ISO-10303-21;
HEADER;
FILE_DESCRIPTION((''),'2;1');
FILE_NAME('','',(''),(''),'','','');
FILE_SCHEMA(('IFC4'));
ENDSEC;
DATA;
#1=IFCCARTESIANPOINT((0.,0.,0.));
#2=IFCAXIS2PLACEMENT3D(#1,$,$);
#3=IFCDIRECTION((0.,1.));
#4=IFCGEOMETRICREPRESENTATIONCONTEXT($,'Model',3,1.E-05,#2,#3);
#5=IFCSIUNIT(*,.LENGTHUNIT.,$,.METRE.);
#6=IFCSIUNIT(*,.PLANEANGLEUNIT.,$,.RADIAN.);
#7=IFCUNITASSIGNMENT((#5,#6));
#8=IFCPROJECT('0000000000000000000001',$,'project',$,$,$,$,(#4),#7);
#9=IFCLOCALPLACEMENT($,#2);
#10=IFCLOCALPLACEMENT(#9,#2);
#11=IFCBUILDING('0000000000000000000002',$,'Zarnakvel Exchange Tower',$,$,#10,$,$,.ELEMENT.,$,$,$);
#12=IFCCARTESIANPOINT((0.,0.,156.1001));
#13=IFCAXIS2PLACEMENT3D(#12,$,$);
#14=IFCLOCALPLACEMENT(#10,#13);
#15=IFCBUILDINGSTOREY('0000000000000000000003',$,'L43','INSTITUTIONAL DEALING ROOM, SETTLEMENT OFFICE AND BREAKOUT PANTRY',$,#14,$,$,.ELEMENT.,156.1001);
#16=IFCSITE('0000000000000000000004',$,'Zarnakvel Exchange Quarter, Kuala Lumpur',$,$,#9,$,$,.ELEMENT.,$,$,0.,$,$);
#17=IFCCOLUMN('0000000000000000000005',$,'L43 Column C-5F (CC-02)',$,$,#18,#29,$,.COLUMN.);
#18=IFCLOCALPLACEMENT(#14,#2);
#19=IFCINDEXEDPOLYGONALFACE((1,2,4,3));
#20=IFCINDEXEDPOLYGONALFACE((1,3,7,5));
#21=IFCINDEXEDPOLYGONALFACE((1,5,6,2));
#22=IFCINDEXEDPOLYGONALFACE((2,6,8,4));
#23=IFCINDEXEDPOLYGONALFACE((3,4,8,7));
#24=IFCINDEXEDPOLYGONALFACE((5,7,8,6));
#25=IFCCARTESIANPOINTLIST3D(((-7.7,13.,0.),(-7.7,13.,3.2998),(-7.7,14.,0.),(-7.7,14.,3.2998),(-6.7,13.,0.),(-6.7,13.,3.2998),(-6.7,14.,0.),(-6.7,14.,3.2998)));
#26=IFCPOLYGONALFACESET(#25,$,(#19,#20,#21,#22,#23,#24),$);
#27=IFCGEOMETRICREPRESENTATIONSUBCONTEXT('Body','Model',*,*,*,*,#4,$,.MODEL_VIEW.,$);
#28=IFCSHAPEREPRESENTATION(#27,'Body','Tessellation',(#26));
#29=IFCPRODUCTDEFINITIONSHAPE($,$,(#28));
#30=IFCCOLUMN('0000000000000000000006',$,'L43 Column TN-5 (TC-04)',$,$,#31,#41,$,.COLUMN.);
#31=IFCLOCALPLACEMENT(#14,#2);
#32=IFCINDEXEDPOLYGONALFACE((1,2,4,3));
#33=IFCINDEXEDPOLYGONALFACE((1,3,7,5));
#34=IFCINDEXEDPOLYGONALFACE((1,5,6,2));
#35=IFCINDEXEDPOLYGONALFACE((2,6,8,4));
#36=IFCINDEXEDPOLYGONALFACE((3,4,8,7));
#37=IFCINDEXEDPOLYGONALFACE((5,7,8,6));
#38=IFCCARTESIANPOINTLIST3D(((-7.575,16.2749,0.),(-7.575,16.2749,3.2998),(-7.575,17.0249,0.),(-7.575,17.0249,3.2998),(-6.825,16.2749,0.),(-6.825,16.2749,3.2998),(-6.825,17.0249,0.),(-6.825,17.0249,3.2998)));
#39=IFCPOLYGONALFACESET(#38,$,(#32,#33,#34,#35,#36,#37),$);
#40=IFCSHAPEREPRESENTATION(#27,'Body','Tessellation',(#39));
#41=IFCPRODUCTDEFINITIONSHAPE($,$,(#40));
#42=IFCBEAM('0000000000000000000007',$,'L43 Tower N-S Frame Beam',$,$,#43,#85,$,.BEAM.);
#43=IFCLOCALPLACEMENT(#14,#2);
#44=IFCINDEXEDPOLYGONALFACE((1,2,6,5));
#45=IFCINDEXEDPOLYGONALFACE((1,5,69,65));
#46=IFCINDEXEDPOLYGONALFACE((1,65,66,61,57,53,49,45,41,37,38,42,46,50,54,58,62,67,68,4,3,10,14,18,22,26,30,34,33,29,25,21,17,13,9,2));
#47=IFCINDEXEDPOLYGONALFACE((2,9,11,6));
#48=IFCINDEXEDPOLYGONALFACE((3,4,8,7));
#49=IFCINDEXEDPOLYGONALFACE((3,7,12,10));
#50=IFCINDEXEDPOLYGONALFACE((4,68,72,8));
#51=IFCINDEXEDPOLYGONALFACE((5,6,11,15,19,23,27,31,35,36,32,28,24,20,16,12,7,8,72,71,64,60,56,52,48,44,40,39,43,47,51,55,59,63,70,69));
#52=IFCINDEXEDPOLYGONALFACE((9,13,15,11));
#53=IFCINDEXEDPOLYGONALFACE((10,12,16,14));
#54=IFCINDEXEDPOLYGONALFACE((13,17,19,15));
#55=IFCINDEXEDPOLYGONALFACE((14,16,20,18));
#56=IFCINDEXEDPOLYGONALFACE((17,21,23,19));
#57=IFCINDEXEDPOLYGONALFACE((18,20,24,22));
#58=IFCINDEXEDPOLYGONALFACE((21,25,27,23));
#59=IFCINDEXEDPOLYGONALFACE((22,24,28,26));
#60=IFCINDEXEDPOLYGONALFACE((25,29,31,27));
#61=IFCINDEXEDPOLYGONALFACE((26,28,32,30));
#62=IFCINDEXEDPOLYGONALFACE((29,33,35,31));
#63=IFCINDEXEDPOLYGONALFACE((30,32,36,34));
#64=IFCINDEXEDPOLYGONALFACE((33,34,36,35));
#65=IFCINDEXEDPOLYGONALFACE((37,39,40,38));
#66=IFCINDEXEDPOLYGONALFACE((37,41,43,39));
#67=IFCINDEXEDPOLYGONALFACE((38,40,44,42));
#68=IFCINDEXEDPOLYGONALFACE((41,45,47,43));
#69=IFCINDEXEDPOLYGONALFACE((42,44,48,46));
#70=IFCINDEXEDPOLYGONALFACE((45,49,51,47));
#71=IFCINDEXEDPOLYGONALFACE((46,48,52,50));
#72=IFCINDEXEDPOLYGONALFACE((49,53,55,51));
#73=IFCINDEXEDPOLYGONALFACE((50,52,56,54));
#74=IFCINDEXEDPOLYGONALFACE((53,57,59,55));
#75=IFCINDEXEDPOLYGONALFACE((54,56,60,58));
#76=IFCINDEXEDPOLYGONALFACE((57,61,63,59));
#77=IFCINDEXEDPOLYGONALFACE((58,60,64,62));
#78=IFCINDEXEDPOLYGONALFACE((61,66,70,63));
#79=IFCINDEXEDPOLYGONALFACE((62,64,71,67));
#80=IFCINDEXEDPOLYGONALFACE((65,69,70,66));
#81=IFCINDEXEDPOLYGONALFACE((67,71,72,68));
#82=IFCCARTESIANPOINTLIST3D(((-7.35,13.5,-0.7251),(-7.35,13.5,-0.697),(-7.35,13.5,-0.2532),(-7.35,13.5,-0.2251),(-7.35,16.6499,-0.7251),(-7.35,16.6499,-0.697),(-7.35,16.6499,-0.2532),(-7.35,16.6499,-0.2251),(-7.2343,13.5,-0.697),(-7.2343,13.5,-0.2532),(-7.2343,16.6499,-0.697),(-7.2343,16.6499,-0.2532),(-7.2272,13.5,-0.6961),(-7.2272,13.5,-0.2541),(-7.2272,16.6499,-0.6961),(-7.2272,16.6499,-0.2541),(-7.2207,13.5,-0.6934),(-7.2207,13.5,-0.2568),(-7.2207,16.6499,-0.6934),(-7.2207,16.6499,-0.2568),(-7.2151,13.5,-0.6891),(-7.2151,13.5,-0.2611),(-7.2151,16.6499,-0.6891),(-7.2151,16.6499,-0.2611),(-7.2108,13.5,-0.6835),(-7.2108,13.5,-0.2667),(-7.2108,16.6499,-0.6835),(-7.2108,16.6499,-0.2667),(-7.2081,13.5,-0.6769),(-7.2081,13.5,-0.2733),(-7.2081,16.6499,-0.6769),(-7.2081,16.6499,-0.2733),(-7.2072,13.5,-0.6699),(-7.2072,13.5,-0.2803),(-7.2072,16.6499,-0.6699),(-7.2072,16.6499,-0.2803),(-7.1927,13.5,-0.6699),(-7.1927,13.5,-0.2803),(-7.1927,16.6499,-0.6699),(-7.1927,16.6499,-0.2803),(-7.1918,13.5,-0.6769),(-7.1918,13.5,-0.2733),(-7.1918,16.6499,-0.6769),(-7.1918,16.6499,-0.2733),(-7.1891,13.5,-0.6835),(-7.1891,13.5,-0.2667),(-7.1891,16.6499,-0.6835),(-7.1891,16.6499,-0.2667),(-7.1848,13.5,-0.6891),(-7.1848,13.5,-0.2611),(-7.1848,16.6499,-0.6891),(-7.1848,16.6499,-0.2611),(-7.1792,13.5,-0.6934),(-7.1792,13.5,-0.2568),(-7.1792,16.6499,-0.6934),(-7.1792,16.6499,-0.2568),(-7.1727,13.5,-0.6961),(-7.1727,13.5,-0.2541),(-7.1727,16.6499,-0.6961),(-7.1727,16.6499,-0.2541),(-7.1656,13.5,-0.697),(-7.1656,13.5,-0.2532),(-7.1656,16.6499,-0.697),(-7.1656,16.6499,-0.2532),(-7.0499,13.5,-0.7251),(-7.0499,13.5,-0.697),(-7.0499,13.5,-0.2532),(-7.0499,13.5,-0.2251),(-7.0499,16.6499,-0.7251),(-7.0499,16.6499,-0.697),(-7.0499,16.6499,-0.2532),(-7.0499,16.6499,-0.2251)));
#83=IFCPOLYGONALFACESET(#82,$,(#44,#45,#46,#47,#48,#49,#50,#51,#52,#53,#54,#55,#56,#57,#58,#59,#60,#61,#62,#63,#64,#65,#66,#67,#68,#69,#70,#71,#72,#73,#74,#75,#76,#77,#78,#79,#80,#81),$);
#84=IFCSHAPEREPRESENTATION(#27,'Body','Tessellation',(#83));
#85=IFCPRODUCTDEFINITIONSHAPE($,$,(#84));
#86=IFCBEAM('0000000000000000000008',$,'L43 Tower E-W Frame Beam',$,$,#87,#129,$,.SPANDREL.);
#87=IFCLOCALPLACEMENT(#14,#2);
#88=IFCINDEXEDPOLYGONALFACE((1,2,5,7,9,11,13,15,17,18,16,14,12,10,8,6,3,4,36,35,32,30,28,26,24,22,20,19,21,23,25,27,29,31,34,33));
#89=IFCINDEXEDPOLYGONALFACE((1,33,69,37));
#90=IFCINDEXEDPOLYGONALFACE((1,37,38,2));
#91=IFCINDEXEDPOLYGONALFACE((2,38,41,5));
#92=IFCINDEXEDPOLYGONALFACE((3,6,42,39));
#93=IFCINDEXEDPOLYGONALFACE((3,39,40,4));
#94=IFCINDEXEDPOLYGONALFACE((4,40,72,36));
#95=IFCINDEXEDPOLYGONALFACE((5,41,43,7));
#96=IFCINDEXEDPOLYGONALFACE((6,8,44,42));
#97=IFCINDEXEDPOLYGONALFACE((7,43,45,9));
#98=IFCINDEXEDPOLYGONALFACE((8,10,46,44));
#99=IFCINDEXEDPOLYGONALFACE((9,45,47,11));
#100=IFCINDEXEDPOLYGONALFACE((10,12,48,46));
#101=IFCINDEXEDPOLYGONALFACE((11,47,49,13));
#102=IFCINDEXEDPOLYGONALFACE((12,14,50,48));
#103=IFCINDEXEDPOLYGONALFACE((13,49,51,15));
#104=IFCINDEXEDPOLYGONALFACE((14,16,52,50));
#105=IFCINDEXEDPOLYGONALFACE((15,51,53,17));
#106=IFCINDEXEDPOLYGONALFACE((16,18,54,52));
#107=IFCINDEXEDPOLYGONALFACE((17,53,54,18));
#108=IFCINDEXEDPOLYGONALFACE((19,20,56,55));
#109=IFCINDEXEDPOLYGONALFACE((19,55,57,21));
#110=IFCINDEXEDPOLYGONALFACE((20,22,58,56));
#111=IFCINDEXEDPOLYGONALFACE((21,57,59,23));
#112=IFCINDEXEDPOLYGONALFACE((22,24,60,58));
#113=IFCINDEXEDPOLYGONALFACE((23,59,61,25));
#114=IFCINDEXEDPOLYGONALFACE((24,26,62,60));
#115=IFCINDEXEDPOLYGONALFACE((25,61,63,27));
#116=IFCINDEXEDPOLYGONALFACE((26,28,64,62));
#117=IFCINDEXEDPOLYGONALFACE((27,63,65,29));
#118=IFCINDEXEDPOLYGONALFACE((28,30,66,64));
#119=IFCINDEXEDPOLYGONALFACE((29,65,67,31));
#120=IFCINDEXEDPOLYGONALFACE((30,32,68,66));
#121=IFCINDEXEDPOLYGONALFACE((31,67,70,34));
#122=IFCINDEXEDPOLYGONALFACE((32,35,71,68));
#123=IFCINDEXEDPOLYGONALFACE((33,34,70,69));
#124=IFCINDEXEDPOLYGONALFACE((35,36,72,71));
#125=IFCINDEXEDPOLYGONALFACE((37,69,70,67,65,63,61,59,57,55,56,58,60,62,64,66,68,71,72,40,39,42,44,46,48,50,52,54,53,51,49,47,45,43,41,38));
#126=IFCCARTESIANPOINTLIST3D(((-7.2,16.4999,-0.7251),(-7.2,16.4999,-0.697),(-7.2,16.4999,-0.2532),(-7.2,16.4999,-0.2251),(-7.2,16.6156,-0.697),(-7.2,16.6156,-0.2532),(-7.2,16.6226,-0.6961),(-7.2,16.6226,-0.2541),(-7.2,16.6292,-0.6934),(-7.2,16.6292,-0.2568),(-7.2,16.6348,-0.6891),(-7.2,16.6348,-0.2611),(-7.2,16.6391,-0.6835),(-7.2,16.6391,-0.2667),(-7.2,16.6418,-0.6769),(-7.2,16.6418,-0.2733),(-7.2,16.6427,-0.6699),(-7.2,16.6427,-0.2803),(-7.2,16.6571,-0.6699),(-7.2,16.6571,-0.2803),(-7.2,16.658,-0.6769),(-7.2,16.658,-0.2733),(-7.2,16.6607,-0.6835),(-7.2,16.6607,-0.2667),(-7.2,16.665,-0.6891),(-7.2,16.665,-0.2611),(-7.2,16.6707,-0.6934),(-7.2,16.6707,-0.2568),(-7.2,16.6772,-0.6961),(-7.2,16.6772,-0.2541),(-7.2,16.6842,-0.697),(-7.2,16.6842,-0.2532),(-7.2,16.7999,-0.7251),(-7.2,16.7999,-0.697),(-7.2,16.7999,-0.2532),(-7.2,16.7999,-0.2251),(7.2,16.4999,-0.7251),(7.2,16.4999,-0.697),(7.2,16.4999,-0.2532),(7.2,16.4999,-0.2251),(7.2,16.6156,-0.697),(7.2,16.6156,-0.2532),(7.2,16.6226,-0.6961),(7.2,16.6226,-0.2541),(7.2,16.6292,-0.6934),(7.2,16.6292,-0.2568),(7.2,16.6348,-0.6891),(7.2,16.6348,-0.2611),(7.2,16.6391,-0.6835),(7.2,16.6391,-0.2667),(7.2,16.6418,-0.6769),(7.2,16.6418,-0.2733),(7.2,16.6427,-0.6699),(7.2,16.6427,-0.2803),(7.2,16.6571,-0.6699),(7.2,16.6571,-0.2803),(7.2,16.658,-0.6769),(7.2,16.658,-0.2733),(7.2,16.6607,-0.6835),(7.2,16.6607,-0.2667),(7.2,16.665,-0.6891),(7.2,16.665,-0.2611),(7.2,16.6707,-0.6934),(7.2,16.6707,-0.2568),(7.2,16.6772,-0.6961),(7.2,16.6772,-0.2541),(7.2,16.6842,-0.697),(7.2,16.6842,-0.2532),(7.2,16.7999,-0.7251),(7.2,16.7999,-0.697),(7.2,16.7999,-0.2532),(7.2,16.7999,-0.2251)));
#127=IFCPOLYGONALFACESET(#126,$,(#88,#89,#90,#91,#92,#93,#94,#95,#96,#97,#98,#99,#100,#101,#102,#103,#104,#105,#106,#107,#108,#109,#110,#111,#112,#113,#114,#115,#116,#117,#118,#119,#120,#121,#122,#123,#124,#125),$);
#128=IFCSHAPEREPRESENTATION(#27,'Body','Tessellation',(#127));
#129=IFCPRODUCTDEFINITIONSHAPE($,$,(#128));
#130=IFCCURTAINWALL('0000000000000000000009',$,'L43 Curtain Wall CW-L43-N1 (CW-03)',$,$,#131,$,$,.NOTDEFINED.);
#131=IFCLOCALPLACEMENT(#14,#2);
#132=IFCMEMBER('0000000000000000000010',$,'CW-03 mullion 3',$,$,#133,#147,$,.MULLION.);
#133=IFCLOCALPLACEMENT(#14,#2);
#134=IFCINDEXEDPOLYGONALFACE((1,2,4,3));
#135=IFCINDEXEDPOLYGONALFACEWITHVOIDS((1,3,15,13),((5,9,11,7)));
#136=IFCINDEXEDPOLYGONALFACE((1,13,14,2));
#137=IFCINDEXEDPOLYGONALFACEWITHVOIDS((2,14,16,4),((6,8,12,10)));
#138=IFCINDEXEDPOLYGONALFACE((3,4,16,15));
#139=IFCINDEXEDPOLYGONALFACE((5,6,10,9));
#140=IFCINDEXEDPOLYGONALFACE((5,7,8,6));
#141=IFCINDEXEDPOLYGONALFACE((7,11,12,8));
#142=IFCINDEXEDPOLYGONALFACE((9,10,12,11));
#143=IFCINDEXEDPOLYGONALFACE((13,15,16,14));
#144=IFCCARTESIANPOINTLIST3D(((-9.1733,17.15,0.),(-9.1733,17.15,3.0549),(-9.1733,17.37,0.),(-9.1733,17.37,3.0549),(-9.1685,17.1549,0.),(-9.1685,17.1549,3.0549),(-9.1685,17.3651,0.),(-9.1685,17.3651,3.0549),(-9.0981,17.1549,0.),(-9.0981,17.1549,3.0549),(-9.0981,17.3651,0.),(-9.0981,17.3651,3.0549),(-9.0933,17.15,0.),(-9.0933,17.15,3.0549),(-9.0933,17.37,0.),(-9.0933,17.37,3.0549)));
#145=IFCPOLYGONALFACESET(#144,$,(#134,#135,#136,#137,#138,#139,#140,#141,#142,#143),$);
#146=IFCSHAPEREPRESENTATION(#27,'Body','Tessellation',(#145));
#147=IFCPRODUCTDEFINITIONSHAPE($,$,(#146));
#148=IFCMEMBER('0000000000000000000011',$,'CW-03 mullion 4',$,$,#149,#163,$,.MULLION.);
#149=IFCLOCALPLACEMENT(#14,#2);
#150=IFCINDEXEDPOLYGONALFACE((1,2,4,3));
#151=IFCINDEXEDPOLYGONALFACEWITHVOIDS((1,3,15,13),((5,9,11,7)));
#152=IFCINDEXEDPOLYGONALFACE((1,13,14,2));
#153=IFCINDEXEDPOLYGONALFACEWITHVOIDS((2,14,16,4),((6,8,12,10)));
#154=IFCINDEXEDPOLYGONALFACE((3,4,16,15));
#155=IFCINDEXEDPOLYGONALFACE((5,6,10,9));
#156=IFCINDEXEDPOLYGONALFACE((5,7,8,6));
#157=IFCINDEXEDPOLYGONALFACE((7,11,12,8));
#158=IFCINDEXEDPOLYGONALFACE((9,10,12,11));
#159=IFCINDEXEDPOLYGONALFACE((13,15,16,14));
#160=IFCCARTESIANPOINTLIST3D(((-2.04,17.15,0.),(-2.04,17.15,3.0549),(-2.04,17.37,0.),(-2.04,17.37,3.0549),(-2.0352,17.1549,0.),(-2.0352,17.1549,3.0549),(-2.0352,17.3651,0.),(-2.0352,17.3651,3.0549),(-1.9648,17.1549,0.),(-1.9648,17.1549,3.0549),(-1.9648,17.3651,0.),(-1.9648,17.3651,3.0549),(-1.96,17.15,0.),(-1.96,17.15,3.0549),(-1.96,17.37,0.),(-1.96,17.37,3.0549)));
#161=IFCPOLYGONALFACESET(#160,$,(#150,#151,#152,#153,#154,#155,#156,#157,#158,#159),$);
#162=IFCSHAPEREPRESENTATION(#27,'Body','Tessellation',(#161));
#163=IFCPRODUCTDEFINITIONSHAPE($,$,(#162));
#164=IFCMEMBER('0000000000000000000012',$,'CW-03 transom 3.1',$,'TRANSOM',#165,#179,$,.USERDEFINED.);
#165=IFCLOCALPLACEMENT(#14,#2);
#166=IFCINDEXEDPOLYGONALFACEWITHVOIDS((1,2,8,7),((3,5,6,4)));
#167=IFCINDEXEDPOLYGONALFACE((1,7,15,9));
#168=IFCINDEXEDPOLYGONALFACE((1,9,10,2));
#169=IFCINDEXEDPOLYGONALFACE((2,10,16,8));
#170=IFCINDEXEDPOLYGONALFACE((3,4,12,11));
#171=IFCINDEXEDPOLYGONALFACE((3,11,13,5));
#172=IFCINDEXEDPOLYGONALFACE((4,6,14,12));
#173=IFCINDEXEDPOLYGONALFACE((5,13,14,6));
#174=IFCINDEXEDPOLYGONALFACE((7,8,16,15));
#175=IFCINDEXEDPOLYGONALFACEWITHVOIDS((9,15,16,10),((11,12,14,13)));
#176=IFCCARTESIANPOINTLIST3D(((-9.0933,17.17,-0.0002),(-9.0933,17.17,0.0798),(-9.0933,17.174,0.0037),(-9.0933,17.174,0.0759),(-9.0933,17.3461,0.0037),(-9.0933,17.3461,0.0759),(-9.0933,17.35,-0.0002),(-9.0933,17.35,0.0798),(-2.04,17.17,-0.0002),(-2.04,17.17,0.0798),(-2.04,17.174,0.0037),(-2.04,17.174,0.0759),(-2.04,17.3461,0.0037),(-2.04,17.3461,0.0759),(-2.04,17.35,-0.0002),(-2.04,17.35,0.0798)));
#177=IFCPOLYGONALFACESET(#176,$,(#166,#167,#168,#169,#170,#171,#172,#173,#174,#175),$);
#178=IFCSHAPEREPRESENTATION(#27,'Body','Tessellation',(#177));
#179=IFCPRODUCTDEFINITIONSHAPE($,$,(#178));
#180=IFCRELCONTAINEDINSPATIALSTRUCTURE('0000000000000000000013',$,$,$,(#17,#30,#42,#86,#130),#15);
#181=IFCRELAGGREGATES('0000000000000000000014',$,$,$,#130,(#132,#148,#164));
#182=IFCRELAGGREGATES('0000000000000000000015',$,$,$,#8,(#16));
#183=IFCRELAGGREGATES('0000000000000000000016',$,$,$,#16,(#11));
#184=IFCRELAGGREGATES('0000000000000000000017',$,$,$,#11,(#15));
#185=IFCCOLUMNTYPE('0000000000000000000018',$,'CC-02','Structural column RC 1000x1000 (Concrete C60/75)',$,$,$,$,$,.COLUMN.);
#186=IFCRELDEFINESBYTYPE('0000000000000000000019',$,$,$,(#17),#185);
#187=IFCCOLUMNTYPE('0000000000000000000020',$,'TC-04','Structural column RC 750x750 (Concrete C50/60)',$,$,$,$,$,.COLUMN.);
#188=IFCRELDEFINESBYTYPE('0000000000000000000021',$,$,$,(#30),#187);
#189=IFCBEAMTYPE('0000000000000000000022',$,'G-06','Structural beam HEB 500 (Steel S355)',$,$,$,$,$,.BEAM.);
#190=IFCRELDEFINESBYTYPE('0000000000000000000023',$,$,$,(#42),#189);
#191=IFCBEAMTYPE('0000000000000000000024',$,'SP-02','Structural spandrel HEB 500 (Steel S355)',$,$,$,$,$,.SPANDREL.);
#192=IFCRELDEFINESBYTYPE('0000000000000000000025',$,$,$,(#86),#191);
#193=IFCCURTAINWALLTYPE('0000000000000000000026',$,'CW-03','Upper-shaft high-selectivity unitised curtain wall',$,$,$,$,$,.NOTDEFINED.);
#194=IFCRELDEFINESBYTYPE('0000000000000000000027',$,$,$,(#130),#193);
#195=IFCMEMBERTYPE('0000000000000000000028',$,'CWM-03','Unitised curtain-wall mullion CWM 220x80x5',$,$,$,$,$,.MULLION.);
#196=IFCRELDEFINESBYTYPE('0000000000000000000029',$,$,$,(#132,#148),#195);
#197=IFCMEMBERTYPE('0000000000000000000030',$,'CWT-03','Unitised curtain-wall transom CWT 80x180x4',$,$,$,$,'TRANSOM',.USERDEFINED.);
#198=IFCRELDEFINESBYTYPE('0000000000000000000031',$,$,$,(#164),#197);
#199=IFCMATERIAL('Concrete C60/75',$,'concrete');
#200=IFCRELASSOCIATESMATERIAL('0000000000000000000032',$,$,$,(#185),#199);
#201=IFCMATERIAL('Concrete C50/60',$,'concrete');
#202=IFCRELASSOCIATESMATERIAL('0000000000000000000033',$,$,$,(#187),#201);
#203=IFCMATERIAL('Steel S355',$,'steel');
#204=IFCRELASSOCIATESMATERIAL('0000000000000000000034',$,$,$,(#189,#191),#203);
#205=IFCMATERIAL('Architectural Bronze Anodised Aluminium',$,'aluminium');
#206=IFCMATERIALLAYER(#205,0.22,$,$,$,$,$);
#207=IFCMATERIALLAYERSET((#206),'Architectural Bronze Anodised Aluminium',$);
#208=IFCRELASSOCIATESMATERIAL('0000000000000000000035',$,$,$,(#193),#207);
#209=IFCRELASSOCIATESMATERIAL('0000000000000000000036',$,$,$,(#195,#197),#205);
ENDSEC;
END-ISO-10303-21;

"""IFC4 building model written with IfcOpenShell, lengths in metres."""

from ifc_helpers import new_model, si_unit, direction, frame, origin, origin_2d, place, context, subcontext, project, spatial, rectangle, hollow_rectangle, i_section, extrude, source, transform, mapped, material, layer, layer_set, material_profile, profile_set, type_object, element, aggregate, save


model = new_model("IFC4")

# Units and contexts
model_context = context("Model", 3, precision=1e-05, world=origin(), true_north=direction((0.0, 1.0)))
body_context = subcontext(model_context, "Body", "Model", "MODEL_VIEW")
ifc_project = project(units=[si_unit("LENGTHUNIT", "METRE"), si_unit("PLANEANGLEUNIT", "RADIAN")], contexts=[model_context])

# Site, building, storey
site_placement = place(None, origin())
site = spatial("IfcSite", under=ifc_project, at=site_placement, Name="Zarnakvel Exchange Quarter, Kuala Lumpur", CompositionType="ELEMENT", RefElevation=0.0)
building_placement = place(site_placement, origin())
building = spatial("IfcBuilding", under=site, at=building_placement, Name="Zarnakvel Exchange Tower", CompositionType="ELEMENT")
storey_placement = place(building_placement, frame((0.0, 0.0, 156.1001)))
storey = spatial("IfcBuildingStorey", under=building, at=storey_placement, Name="L43", Description="INSTITUTIONAL DEALING ROOM, SETTLEMENT OFFICE AND BREAKOUT PANTRY", CompositionType="ELEMENT", Elevation=156.1001)

# Columns
ifc_material_1 = material(Name="Concrete C60/75", Category="concrete")
ifc_material_profile_1 = material_profile(ifc_material_1, rectangle(XDim=1.0, YDim=1.0, at=origin_2d()))
ifc_profile_set_1 = profile_set([ifc_material_profile_1], Name="Concrete C60/75")
column_type_1 = type_object("IfcColumnType", Name="CC-02", Description="Structural column RC 1000x1000 (Concrete C60/75)", PredefinedType="COLUMN", material=ifc_profile_set_1)
column_1_placement = place(storey_placement, frame((-7.2, 13.5, 0.0), z_axis=(0.0, 0.0, 1.0), x_axis=(1.0, 0.0, 0.0)))
element("IfcColumn", 1, at=column_1_placement, inside=storey, type_object=column_type_1, Name="L43 Column C-5F (CC-02)", PredefinedType="COLUMN", context=body_context, shape_type="SweptSolid", body=[
    extrude(rectangle(XDim=1.0, YDim=1.0, at=origin_2d()), origin(), (0.0, 0.0, 1.0), 3.2998),
])
ifc_material_2 = material(Name="Concrete C50/60", Category="concrete")
ifc_material_profile_2 = material_profile(ifc_material_2, rectangle(XDim=0.75, YDim=0.75, at=origin_2d()))
ifc_profile_set_2 = profile_set([ifc_material_profile_2], Name="Concrete C50/60")
column_type_2 = type_object("IfcColumnType", Name="TC-04", Description="Structural column RC 750x750 (Concrete C50/60)", PredefinedType="COLUMN", material=ifc_profile_set_2)
column_2_placement = place(storey_placement, frame((-7.2, 16.6499, 0.0), z_axis=(0.0, 0.0, 1.0), x_axis=(1.0, 0.0, 0.0)))
element("IfcColumn", 2, at=column_2_placement, inside=storey, type_object=column_type_2, Name="L43 Column TN-5 (TC-04)", PredefinedType="COLUMN", context=body_context, shape_type="SweptSolid", body=[
    extrude(rectangle(XDim=0.75, YDim=0.75, at=origin_2d()), origin(), (0.0, 0.0, 1.0), 3.2998),
])

# Beams
ifc_material_3 = material(Name="Steel S355", Category="steel")
ifc_material_profile_3 = material_profile(ifc_material_3, i_section(OverallWidth=0.3, OverallDepth=0.5, WebThickness=0.0144, FlangeThickness=0.0281, FilletRadius=0.0271, at=origin_2d()))
ifc_profile_set_3 = profile_set([ifc_material_profile_3], Name="Steel S355")
beam_type_1 = type_object("IfcBeamType", Name="G-06", Description="Structural beam HEB 500 (Steel S355)", PredefinedType="BEAM", material=ifc_profile_set_3)
beam_1_placement = place(storey_placement, frame((-7.2, 13.5, -0.4751), z_axis=(0.0, 1.0, 0.0), x_axis=(-1.0, 0.0, 0.0)))
element("IfcBeam", 3, at=beam_1_placement, inside=storey, type_object=beam_type_1, Name="L43 Tower N-S Frame Beam", PredefinedType="BEAM", context=body_context, shape_type="SweptSolid", body=[
    extrude(i_section(OverallWidth=0.3, OverallDepth=0.5, WebThickness=0.0144, FlangeThickness=0.0281, FilletRadius=0.0271, at=origin_2d()), origin(), (0.0, 0.0, 1.0), 3.1499),
])
ifc_material_profile_4 = material_profile(ifc_material_3, i_section(OverallWidth=0.3, OverallDepth=0.5, WebThickness=0.0144, FlangeThickness=0.0281, FilletRadius=0.0271, at=origin_2d()))
ifc_profile_set_4 = profile_set([ifc_material_profile_4], Name="Steel S355")
beam_type_2 = type_object("IfcBeamType", Name="SP-02", Description="Structural spandrel HEB 500 (Steel S355)", PredefinedType="SPANDREL", material=ifc_profile_set_4)
beam_2_placement = place(storey_placement, frame((-7.2, 16.6499, -0.4751), z_axis=(1.0, 0.0, 0.0), x_axis=(0.0, 1.0, 0.0)))
element("IfcBeam", 4, at=beam_2_placement, inside=storey, type_object=beam_type_2, Name="L43 Tower E-W Frame Beam", PredefinedType="SPANDREL", context=body_context, shape_type="SweptSolid", body=[
    extrude(i_section(OverallWidth=0.3, OverallDepth=0.5, WebThickness=0.0144, FlangeThickness=0.0281, FilletRadius=0.0271, at=origin_2d()), origin(), (0.0, 0.0, 1.0), 14.3999),
])

# Curtain wall, members
ifc_material_4 = material(Name="Architectural Bronze Anodised Aluminium", Category="aluminium")
ifc_layer_1 = layer(ifc_material_4, 0.22)
ifc_layer_set_1 = layer_set([ifc_layer_1], Name="Architectural Bronze Anodised Aluminium")
curtain_wall_type = type_object("IfcCurtainWallType", Name="CW-03", Description="Upper-shaft high-selectivity unitised curtain wall", PredefinedType="NOTDEFINED", material=ifc_layer_set_1)
curtain_wall_placement = place(storey_placement, origin())
curtain_wall = element("IfcCurtainWall", 5, at=curtain_wall_placement, inside=storey, type_object=curtain_wall_type, Name="L43 Curtain Wall CW-L43-N1 (CW-03)", PredefinedType="NOTDEFINED")
ifc_material_profile_5 = material_profile(ifc_material_4, hollow_rectangle(XDim=0.22, YDim=0.0801, WallThickness=0.0049, at=origin_2d()))
ifc_profile_set_5 = profile_set([ifc_material_profile_5], Name="Architectural Bronze Anodised Aluminium")
member_type_1 = type_object("IfcMemberType", Name="CWM-03", Description="Unitised curtain-wall mullion CWM 220x80x5", PredefinedType="MULLION", material=ifc_profile_set_5)
shared_shape_1 = source(origin(), body_context, "Body", "SweptSolid", [
    extrude(hollow_rectangle(XDim=0.22, YDim=0.0801, WallThickness=0.0049, at=origin_2d()), origin(), (0.0, 0.0, 1.0), 3.0549),
])
member_1_placement = place(storey_placement, frame((-9.1333, 17.26, 0.0), z_axis=(0.0, 0.0, 1.0), x_axis=(0.0, 1.0, 0.0)))
member_1 = element("IfcMember", 6, at=member_1_placement, type_object=member_type_1, Name="CW-03 mullion 3", PredefinedType="MULLION", context=body_context, shape_type="MappedRepresentation", body=[
    mapped(shared_shape_1, transform((0.0, 0.0, 0.0), x_axis=(1.0, 0.0, 0.0), y_axis=(0.0, 1.0, 0.0), z_axis=(0.0, 0.0, 1.0), scale=1.0)),
])
member_2_placement = place(storey_placement, frame((-2.0, 17.26, 0.0), z_axis=(0.0, 0.0, 1.0), x_axis=(0.0, 1.0, 0.0)))
member_2 = element("IfcMember", 7, at=member_2_placement, type_object=member_type_1, Name="CW-03 mullion 4", PredefinedType="MULLION", context=body_context, shape_type="MappedRepresentation", body=[
    mapped(shared_shape_1, transform((0.0, 0.0, 0.0), x_axis=(1.0, 0.0, 0.0), y_axis=(0.0, 1.0, 0.0), z_axis=(0.0, 0.0, 1.0), scale=1.0)),
])
ifc_material_profile_6 = material_profile(ifc_material_4, hollow_rectangle(XDim=0.1799, YDim=0.0801, WallThickness=0.0039, at=origin_2d()))
ifc_profile_set_6 = profile_set([ifc_material_profile_6], Name="Architectural Bronze Anodised Aluminium")
member_type_2 = type_object("IfcMemberType", Name="CWT-03", Description="Unitised curtain-wall transom CWT 80x180x4", ElementType="TRANSOM", PredefinedType="USERDEFINED", material=ifc_profile_set_6)
shared_shape_2 = source(origin(), body_context, "Body", "SweptSolid", [
    extrude(hollow_rectangle(XDim=0.1799, YDim=0.0801, WallThickness=0.0039, at=origin_2d()), origin(), (0.0, 0.0, 1.0), 7.0532),
])
member_3_placement = place(storey_placement, frame((-9.0933, 17.26, 0.0398), z_axis=(1.0, 0.0, 0.0), x_axis=(0.0, 1.0, 0.0)))
member_3 = element("IfcMember", 8, at=member_3_placement, type_object=member_type_2, Name="CW-03 transom 3.1", ObjectType="TRANSOM", PredefinedType="USERDEFINED", context=body_context, shape_type="MappedRepresentation", body=[
    mapped(shared_shape_2, transform((0.0, 0.0, 0.0), x_axis=(1.0, 0.0, 0.0), y_axis=(0.0, 1.0, 0.0), z_axis=(0.0, 0.0, 1.0), scale=1.0)),
])
aggregate(curtain_wall, [member_1, member_2, member_3])

save(model, "model.ifc")
